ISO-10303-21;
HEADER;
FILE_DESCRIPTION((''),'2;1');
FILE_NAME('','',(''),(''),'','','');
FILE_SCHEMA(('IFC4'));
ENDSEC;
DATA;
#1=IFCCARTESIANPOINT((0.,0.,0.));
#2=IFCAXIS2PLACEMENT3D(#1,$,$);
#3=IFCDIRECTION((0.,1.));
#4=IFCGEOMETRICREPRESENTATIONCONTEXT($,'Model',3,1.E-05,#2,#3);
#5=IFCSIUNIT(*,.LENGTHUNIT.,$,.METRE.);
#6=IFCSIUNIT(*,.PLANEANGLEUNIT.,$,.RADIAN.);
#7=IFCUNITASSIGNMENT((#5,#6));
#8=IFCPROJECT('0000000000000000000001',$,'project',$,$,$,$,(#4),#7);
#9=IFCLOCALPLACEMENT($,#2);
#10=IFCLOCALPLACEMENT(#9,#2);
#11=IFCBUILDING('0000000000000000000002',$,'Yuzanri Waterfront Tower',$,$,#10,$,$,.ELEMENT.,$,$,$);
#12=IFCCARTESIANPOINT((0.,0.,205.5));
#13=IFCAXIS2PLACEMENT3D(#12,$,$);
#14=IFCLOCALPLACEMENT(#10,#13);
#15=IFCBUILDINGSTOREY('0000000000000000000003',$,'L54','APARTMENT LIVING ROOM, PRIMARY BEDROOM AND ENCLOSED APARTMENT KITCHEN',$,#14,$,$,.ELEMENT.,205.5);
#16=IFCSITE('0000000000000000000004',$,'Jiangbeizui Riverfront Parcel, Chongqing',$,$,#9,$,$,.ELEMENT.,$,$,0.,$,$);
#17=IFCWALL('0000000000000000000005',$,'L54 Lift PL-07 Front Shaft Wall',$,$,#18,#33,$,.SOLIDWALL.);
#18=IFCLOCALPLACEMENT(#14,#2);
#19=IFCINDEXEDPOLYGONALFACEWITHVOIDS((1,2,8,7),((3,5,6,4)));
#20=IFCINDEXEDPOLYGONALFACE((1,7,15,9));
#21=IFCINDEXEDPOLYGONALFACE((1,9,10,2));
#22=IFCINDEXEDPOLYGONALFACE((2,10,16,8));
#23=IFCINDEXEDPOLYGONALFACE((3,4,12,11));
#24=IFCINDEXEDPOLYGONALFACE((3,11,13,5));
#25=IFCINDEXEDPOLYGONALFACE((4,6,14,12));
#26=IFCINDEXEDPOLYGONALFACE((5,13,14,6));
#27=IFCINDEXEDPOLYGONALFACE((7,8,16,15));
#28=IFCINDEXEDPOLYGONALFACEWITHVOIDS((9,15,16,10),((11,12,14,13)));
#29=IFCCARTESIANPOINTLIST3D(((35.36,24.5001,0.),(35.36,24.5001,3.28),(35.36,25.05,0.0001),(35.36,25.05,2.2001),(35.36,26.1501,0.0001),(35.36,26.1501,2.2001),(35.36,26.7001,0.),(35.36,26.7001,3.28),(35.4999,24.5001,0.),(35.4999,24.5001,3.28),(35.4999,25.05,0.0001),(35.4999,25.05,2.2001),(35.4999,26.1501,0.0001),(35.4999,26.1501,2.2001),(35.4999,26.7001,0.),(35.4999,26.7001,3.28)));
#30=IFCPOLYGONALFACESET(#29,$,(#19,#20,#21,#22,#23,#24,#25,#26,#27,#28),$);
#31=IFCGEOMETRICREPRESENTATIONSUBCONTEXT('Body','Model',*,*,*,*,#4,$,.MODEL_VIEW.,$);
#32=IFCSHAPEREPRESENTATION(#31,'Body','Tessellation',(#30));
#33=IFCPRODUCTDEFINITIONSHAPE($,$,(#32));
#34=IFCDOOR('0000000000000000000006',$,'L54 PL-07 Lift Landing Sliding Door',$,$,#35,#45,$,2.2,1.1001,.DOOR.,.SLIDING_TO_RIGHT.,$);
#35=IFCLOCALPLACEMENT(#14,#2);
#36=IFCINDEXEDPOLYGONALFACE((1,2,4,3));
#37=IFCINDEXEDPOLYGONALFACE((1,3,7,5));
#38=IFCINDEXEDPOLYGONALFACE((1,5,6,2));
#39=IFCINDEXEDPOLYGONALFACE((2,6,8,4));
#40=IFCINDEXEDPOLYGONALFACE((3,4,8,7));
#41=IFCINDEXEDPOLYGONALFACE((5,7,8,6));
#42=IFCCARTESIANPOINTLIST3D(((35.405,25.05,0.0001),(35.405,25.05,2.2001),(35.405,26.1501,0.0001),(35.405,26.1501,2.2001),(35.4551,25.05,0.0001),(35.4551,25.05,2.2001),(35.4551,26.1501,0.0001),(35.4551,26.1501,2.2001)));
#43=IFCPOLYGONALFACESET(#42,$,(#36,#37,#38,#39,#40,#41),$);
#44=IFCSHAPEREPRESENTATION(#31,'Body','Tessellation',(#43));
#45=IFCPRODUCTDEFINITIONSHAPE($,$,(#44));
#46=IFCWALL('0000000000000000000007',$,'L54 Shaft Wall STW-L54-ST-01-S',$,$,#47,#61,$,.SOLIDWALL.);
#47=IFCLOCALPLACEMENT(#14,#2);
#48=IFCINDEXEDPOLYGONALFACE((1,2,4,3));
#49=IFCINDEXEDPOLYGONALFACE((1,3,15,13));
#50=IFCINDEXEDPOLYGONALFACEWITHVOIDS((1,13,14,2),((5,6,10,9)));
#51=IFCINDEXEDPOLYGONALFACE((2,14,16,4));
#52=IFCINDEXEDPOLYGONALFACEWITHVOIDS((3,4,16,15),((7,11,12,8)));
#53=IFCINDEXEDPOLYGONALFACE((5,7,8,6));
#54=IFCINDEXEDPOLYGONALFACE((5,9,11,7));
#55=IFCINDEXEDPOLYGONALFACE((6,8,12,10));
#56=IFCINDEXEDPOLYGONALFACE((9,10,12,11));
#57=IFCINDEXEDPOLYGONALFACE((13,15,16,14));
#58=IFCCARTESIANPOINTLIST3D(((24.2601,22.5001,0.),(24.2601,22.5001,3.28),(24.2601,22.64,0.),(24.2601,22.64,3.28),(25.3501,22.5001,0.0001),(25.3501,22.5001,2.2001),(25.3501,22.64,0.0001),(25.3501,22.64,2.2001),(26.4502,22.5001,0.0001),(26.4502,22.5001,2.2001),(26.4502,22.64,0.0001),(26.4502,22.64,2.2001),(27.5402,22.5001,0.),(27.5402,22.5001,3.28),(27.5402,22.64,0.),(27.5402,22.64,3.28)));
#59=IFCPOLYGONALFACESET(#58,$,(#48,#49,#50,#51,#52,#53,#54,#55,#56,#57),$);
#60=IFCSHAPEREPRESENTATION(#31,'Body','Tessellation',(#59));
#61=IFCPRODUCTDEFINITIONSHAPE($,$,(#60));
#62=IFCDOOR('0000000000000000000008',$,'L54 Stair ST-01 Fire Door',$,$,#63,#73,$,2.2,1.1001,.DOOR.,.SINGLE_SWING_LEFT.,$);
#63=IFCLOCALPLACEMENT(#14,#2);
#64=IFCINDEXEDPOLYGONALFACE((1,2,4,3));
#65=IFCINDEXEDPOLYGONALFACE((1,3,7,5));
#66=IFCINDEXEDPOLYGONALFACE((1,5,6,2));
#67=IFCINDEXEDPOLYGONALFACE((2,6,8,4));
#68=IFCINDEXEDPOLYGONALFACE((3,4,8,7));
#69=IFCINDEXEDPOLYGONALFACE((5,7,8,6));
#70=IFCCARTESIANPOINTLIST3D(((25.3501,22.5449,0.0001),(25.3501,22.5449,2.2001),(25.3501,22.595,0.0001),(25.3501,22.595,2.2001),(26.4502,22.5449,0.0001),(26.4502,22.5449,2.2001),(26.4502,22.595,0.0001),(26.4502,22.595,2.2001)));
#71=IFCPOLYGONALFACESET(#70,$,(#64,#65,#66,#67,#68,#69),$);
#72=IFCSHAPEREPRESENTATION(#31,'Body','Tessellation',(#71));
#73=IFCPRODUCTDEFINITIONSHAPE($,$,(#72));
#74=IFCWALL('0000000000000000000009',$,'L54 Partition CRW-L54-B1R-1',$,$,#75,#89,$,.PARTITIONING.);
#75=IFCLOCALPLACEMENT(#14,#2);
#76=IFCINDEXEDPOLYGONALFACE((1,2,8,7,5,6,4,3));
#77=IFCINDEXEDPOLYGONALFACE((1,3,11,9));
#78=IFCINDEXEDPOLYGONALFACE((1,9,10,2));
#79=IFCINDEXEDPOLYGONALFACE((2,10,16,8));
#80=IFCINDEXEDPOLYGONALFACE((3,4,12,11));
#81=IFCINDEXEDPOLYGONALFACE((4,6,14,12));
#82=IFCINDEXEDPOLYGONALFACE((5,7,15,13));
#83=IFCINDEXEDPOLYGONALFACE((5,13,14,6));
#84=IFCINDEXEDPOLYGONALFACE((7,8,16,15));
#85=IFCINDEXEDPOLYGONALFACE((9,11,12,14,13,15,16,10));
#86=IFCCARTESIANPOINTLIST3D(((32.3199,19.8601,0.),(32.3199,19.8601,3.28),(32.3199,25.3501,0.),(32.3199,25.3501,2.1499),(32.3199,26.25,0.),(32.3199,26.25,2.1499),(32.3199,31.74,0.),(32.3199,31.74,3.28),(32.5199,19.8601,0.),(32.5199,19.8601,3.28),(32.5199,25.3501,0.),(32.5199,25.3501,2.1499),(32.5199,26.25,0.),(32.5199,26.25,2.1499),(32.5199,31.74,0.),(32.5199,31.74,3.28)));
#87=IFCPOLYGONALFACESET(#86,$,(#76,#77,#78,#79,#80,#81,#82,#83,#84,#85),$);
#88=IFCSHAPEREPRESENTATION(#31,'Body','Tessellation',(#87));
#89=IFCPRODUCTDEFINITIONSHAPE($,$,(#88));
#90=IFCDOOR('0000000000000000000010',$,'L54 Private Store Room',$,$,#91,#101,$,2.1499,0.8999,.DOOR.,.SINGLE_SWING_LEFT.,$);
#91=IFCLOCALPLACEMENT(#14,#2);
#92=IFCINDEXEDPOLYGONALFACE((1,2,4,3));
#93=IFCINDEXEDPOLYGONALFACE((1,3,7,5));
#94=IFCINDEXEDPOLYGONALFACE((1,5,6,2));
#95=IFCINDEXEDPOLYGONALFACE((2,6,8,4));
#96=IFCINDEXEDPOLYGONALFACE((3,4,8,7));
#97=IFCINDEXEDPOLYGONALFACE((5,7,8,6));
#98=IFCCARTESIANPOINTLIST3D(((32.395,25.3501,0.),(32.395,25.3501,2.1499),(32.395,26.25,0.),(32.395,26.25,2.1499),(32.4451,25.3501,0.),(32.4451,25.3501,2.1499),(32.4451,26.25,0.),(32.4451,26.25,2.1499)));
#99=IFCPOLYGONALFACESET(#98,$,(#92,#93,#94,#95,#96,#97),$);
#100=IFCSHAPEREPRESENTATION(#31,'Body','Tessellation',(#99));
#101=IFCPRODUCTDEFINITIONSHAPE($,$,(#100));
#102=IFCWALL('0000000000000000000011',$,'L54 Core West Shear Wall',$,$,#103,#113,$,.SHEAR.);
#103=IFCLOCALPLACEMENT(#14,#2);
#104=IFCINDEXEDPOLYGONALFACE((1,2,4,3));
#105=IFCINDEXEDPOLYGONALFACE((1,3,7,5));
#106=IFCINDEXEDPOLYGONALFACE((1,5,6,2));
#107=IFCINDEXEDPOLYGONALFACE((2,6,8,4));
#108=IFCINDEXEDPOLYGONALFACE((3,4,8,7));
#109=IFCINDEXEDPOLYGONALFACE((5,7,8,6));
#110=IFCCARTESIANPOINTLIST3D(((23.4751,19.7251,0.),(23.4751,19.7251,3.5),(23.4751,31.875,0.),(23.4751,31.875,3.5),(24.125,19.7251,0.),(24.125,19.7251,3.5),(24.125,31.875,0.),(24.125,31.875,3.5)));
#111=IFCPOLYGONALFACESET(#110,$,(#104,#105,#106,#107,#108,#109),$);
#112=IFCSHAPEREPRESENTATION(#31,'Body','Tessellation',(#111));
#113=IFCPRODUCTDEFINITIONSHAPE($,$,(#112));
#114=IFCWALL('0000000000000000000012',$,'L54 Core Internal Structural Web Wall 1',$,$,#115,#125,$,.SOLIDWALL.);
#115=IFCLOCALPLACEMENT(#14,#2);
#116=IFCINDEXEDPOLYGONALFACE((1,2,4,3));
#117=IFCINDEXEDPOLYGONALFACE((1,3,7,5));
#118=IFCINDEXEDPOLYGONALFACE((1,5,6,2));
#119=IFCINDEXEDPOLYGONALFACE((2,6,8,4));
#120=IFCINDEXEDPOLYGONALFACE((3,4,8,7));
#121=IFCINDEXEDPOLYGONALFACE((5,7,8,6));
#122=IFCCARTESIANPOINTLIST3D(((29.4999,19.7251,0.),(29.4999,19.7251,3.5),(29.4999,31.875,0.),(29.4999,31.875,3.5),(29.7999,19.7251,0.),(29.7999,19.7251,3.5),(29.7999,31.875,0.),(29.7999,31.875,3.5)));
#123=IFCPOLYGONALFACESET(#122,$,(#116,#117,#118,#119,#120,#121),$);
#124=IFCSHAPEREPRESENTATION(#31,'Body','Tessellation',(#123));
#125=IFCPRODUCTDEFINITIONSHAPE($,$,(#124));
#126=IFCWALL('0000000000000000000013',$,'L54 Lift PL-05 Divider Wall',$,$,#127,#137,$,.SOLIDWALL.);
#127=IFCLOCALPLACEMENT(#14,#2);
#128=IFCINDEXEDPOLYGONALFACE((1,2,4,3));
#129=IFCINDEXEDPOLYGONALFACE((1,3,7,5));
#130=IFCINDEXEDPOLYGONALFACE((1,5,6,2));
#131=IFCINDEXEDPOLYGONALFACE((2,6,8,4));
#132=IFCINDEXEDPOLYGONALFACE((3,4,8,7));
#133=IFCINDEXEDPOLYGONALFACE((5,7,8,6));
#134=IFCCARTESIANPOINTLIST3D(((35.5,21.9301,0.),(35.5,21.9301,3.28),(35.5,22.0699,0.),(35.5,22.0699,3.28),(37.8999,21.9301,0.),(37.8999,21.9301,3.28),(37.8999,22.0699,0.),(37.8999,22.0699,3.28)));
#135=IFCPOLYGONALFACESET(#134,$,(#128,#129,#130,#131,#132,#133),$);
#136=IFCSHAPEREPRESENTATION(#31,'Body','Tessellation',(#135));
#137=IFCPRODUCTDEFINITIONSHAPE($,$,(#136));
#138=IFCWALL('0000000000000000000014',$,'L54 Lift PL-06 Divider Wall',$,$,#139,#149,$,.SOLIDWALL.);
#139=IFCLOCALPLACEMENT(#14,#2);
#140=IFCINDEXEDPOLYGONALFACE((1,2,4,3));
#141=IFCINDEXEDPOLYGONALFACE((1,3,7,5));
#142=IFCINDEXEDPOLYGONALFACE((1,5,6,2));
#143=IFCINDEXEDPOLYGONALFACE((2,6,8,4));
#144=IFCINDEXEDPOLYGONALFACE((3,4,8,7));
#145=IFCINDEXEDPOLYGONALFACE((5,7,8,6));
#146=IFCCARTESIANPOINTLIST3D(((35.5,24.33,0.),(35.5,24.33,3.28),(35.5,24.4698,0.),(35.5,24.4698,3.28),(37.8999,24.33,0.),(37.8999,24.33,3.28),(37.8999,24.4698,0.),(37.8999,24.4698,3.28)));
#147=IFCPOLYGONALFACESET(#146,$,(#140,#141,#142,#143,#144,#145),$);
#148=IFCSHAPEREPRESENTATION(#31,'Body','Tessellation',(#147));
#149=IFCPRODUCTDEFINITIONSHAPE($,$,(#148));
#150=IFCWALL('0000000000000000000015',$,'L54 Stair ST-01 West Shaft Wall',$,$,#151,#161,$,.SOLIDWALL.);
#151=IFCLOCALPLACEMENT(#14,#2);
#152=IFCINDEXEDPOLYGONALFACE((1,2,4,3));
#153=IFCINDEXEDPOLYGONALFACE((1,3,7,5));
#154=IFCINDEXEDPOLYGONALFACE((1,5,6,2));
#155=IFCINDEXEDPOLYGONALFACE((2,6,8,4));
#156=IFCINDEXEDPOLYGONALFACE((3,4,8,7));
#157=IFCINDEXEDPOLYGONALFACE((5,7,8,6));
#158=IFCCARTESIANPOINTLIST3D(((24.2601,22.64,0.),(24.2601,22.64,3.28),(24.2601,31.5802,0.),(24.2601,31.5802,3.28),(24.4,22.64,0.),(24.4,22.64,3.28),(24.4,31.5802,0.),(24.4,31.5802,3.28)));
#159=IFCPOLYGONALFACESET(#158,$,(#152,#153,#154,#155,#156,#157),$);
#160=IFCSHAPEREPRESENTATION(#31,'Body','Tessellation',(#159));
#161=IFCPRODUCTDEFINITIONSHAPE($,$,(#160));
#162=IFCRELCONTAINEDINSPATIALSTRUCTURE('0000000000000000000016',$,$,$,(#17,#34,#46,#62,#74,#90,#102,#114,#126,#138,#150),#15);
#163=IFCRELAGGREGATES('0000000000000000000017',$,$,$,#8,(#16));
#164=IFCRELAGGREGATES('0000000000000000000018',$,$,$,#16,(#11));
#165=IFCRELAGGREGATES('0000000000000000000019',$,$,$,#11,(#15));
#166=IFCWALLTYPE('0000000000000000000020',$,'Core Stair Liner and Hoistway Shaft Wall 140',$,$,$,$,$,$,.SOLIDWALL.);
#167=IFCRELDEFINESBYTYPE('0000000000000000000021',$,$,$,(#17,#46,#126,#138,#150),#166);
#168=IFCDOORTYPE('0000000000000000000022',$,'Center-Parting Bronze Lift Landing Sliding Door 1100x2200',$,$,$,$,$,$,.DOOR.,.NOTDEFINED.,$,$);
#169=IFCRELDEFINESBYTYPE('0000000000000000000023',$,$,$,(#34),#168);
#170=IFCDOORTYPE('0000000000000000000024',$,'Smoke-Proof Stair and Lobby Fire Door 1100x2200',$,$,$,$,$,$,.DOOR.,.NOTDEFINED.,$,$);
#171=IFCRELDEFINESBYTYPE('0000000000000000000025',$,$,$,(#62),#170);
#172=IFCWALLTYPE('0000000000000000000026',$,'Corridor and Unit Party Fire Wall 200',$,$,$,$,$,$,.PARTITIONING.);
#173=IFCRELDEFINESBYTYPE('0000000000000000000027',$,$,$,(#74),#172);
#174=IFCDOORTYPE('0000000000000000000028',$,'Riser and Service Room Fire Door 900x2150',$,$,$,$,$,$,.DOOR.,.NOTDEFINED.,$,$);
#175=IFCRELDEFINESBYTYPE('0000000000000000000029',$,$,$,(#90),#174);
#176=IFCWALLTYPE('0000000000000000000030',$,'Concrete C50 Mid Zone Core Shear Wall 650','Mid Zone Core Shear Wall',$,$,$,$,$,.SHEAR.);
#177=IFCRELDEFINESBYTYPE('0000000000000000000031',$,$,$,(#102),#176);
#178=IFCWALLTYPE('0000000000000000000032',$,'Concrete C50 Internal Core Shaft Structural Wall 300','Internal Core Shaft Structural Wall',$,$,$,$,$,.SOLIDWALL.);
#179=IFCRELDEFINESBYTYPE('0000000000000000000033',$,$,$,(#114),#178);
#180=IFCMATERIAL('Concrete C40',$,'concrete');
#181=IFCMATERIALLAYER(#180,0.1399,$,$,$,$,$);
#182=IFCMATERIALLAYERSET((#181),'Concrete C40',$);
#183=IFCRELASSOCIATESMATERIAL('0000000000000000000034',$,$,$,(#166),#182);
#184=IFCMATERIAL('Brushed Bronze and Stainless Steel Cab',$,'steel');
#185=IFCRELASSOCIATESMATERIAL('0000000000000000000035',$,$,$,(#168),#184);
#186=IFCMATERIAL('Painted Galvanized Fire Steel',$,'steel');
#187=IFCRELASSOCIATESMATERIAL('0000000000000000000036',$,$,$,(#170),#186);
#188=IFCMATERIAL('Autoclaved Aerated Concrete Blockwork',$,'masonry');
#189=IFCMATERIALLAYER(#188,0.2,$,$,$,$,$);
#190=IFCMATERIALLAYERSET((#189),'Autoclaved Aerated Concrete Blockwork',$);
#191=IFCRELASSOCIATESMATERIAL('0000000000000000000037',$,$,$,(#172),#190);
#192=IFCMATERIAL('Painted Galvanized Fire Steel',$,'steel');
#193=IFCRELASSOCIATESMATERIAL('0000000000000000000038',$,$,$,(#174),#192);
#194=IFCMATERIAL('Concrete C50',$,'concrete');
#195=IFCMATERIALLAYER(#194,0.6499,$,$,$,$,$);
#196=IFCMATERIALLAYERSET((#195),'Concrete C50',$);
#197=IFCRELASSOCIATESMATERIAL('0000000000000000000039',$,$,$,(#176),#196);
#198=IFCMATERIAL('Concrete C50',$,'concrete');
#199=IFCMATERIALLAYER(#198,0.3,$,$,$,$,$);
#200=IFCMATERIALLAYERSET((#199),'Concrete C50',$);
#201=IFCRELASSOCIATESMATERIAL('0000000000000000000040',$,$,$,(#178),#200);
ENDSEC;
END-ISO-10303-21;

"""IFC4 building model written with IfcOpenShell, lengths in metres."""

from ifc_helpers import new_model, si_unit, direction, frame, frame_2d, origin, place, context, subcontext, project, spatial, rectangle, extrude, source, transform, mapped, material, layer, layer_set, type_object, element, fill, save


model = new_model("IFC4")

# Units and contexts
model_context = context("Model", 3, precision=1e-05, world=origin(), true_north=direction((0.0, 1.0)))
body_context = subcontext(model_context, "Body", "Model", "MODEL_VIEW")
ifc_project = project(units=[si_unit("LENGTHUNIT", "METRE"), si_unit("PLANEANGLEUNIT", "RADIAN")], contexts=[model_context])

# Site, building, storey
site_placement = place(None, origin())
site = spatial("IfcSite", under=ifc_project, at=site_placement, Name="Jiangbeizui Riverfront Parcel, Chongqing", CompositionType="ELEMENT", RefElevation=0.0)
building_placement = place(site_placement, origin())
building = spatial("IfcBuilding", under=site, at=building_placement, Name="Yuzanri Waterfront Tower", CompositionType="ELEMENT")
storey_placement = place(building_placement, frame((0.0, 0.0, 205.5)))
storey = spatial("IfcBuildingStorey", under=building, at=storey_placement, Name="L54", Description="APARTMENT LIVING ROOM, PRIMARY BEDROOM AND ENCLOSED APARTMENT KITCHEN", CompositionType="ELEMENT", Elevation=205.5)

# Walls, openings, doors
ifc_material_1 = material(Name="Concrete C40", Category="concrete")
ifc_layer_1 = layer(ifc_material_1, 0.1399)
ifc_layer_set_1 = layer_set([ifc_layer_1], Name="Concrete C40")
wall_type_1 = type_object("IfcWallType", Name="Core Stair Liner and Hoistway Shaft Wall 140", PredefinedType="SOLIDWALL", material=ifc_layer_set_1)
ifc_material_2 = material(Name="Brushed Bronze and Stainless Steel Cab", Category="steel")
door_type_1 = type_object("IfcDoorType", Name="Center-Parting Bronze Lift Landing Sliding Door 1100x2200", OperationType="NOTDEFINED", PredefinedType="DOOR", material=ifc_material_2)
shared_shape_1 = source(origin(), body_context, "Body", "SweptSolid", [
    extrude(rectangle(XDim=1.1001, YDim=2.2, at=frame_2d((0.55, 1.1001))), frame((0.0, 0.0249, 0.0), z_axis=(0.0, -1.0, 0.0), x_axis=(1.0, 0.0, 0.0)), (0.0, 0.0, 1.0), 0.05),
])
wall_1_placement = place(storey_placement, frame((35.4299, 24.5, 0.0), z_axis=(0.0, 0.0, 1.0), x_axis=(0.0, 1.0, 0.0)))
wall_1 = element("IfcWall", 1, at=wall_1_placement, inside=storey, type_object=wall_type_1, Name="L54 Lift PL-07 Front Shaft Wall", PredefinedType="SOLIDWALL", context=body_context, shape_type="SweptSolid", body=[
    extrude(rectangle(XDim=2.2, YDim=0.1399, at=frame_2d((1.1001, 0.0))), origin(), (0.0, 0.0, 1.0), 3.28),
])
opening_1_placement = place(wall_1_placement, frame((0.55, 0.0, 0.0)))
opening_1 = element("IfcOpeningElement", 2, at=opening_1_placement, cuts=wall_1, PredefinedType="OPENING", context=body_context, shape_type="SweptSolid", body=[
    extrude(rectangle(XDim=1.1001, YDim=2.2, at=frame_2d((0.55, 1.1001))), frame((0.0, 0.085, 0.0), z_axis=(0.0, -1.0, 0.0), x_axis=(1.0, 0.0, 0.0)), (0.0, 0.0, 1.0), 0.1697),
])
door_1_placement = place(opening_1_placement, origin())
door_1 = element("IfcDoor", 3, at=door_1_placement, inside=storey, type_object=door_type_1, Name="L54 PL-07 Lift Landing Sliding Door", OperationType="SLIDING_TO_RIGHT", OverallHeight=2.2, OverallWidth=1.1001, PredefinedType="DOOR", context=body_context, shape_type="MappedRepresentation", body=[
    mapped(shared_shape_1, transform((0.0, 0.0, 0.0), scale=1.0)),
])
fill(opening_1, door_1)
wall_2_placement = place(storey_placement, frame((24.26, 22.5701, 0.0), z_axis=(0.0, 0.0, 1.0), x_axis=(1.0, 0.0, 0.0)))
wall_2 = element("IfcWall", 4, at=wall_2_placement, inside=storey, type_object=wall_type_1, Name="L54 Shaft Wall STW-L54-ST-01-S", PredefinedType="SOLIDWALL", context=body_context, shape_type="SweptSolid", body=[
    extrude(rectangle(XDim=3.28, YDim=0.1399, at=frame_2d((1.6401, 0.0))), origin(), (0.0, 0.0, 1.0), 3.28),
])
opening_2_placement = place(wall_2_placement, frame((1.0901, 0.0, 0.0)))
opening_2 = element("IfcOpeningElement", 5, at=opening_2_placement, cuts=wall_2, PredefinedType="OPENING", context=body_context, shape_type="SweptSolid", body=[
    extrude(rectangle(XDim=1.1001, YDim=2.2, at=frame_2d((0.55, 1.1001))), frame((0.0, 0.085, 0.0), z_axis=(0.0, -1.0, 0.0), x_axis=(1.0, 0.0, 0.0)), (0.0, 0.0, 1.0), 0.1697),
])
ifc_material_3 = material(Name="Painted Galvanized Fire Steel", Category="steel")
door_type_2 = type_object("IfcDoorType", Name="Smoke-Proof Stair and Lobby Fire Door 1100x2200", OperationType="NOTDEFINED", PredefinedType="DOOR", material=ifc_material_3)
shared_shape_2 = source(origin(), body_context, "Body", "SweptSolid", [
    extrude(rectangle(XDim=1.1001, YDim=2.2, at=frame_2d((0.55, 1.1001))), frame((0.0, 0.0249, 0.0), z_axis=(0.0, -1.0, 0.0), x_axis=(1.0, 0.0, 0.0)), (0.0, 0.0, 1.0), 0.05),
])
door_2_placement = place(opening_2_placement, origin())
door_2 = element("IfcDoor", 6, at=door_2_placement, inside=storey, type_object=door_type_2, Name="L54 Stair ST-01 Fire Door", OperationType="SINGLE_SWING_LEFT", OverallHeight=2.2, OverallWidth=1.1001, PredefinedType="DOOR", context=body_context, shape_type="MappedRepresentation", body=[
    mapped(shared_shape_2, transform((0.0, 0.0, 0.0), scale=1.0)),
])
fill(opening_2, door_2)
ifc_material_4 = material(Name="Autoclaved Aerated Concrete Blockwork", Category="masonry")
ifc_layer_2 = layer(ifc_material_4, 0.2)
ifc_layer_set_2 = layer_set([ifc_layer_2], Name="Autoclaved Aerated Concrete Blockwork")
wall_type_2 = type_object("IfcWallType", Name="Corridor and Unit Party Fire Wall 200", PredefinedType="PARTITIONING", material=ifc_layer_set_2)
wall_3_placement = place(storey_placement, frame((32.4199, 19.8601, 0.0), z_axis=(0.0, 0.0, 1.0), x_axis=(0.0, 1.0, 0.0)))
wall_3 = element("IfcWall", 7, at=wall_3_placement, inside=storey, type_object=wall_type_2, Name="L54 Partition CRW-L54-B1R-1", PredefinedType="PARTITIONING", context=body_context, shape_type="SweptSolid", body=[
    extrude(rectangle(XDim=11.8799, YDim=0.2, at=frame_2d((5.9399, 0.0))), origin(), (0.0, 0.0, 1.0), 3.28),
])
opening_3_placement = place(wall_3_placement, frame((5.49, 0.0, 0.0)))
opening_3 = element("IfcOpeningElement", 8, at=opening_3_placement, cuts=wall_3, PredefinedType="OPENING", context=body_context, shape_type="SweptSolid", body=[
    extrude(rectangle(XDim=0.8999, YDim=2.1499, at=frame_2d((0.45, 1.075))), frame((0.0, 0.1147, 0.0), z_axis=(0.0, -1.0, 0.0), x_axis=(1.0, 0.0, 0.0)), (0.0, 0.0, 1.0), 0.2297),
])
ifc_material_5 = material(Name="Painted Galvanized Fire Steel", Category="steel")
door_type_3 = type_object("IfcDoorType", Name="Riser and Service Room Fire Door 900x2150", OperationType="NOTDEFINED", PredefinedType="DOOR", material=ifc_material_5)
shared_shape_3 = source(origin(), body_context, "Body", "SweptSolid", [
    extrude(rectangle(XDim=0.8999, YDim=2.1499, at=frame_2d((0.45, 1.075))), frame((0.0, 0.0249, 0.0), z_axis=(0.0, -1.0, 0.0), x_axis=(1.0, 0.0, 0.0)), (0.0, 0.0, 1.0), 0.05),
])
door_3_placement = place(opening_3_placement, origin())
door_3 = element("IfcDoor", 9, at=door_3_placement, inside=storey, type_object=door_type_3, Name="L54 Private Store Room", OperationType="SINGLE_SWING_LEFT", OverallHeight=2.1499, OverallWidth=0.8999, PredefinedType="DOOR", context=body_context, shape_type="MappedRepresentation", body=[
    mapped(shared_shape_3, transform((0.0, 0.0, 0.0), scale=1.0)),
])
fill(opening_3, door_3)

# Walls
ifc_material_6 = material(Name="Concrete C50", Category="concrete")
ifc_layer_3 = layer(ifc_material_6, 0.6499)
ifc_layer_set_3 = layer_set([ifc_layer_3], Name="Concrete C50")
wall_type_3 = type_object("IfcWallType", Name="Concrete C50 Mid Zone Core Shear Wall 650", Description="Mid Zone Core Shear Wall", PredefinedType="SHEAR", material=ifc_layer_set_3)
shared_shape_4 = source(origin(), body_context, "Body", "SweptSolid", [
    extrude(rectangle(XDim=12.1499, YDim=0.6499, at=frame_2d((6.075, 0.0))), origin(), (0.0, 0.0, 1.0), 3.5),
])
wall_4_placement = place(storey_placement, frame((23.8, 19.7251, 0.0), z_axis=(0.0, 0.0, 1.0), x_axis=(0.0, 1.0, 0.0)))
element("IfcWall", 10, at=wall_4_placement, inside=storey, type_object=wall_type_3, Name="L54 Core West Shear Wall", PredefinedType="SHEAR", context=body_context, shape_type="MappedRepresentation", body=[
    mapped(shared_shape_4, transform((0.0, 0.0, 0.0), scale=1.0)),
])
ifc_material_7 = material(Name="Concrete C50", Category="concrete")
ifc_layer_4 = layer(ifc_material_7, 0.3)
ifc_layer_set_4 = layer_set([ifc_layer_4], Name="Concrete C50")
wall_type_4 = type_object("IfcWallType", Name="Concrete C50 Internal Core Shaft Structural Wall 300", Description="Internal Core Shaft Structural Wall", PredefinedType="SOLIDWALL", material=ifc_layer_set_4)
shared_shape_5 = source(origin(), body_context, "Body", "SweptSolid", [
    extrude(rectangle(XDim=12.1499, YDim=0.3, at=frame_2d((6.075, 0.0))), origin(), (0.0, 0.0, 1.0), 3.5),
])
wall_5_placement = place(storey_placement, frame((29.6499, 19.7251, 0.0), z_axis=(0.0, 0.0, 1.0), x_axis=(0.0, 1.0, 0.0)))
element("IfcWall", 11, at=wall_5_placement, inside=storey, type_object=wall_type_4, Name="L54 Core Internal Structural Web Wall 1", PredefinedType="SOLIDWALL", context=body_context, shape_type="MappedRepresentation", body=[
    mapped(shared_shape_5, transform((0.0, 0.0, 0.0), scale=1.0)),
])
shared_shape_6 = source(origin(), body_context, "Body", "SweptSolid", [
    extrude(rectangle(XDim=2.3999, YDim=0.1399, at=frame_2d((1.2, 0.0))), origin(), (0.0, 0.0, 1.0), 3.28),
])
for number, where, z_axis, x_axis, name in (
    (12, (35.5, 22.0, 0.0), (0.0, 0.0, 1.0), (1.0, 0.0, 0.0), "L54 Lift PL-05 Divider Wall"),
    (13, (35.5, 24.3999, 0.0), (0.0, 0.0, 1.0), (1.0, 0.0, 0.0), "L54 Lift PL-06 Divider Wall"),
):
    element("IfcWall", number, at=place(storey_placement, frame(where, z_axis=z_axis, x_axis=x_axis)), inside=storey, type_object=wall_type_1, Name=name, PredefinedType="SOLIDWALL", context=body_context, shape_type="MappedRepresentation", body=[
        mapped(shared_shape_6, transform((0.0, 0.0, 0.0), scale=1.0)),
    ])
shared_shape_7 = source(origin(), body_context, "Body", "SweptSolid", [
    extrude(rectangle(XDim=8.9402, YDim=0.1399, at=frame_2d((4.4702, 0.0))), origin(), (0.0, 0.0, 1.0), 3.28),
])
for number, where, z_axis, x_axis, name in (
    (14, (24.3301, 22.6399, 0.0), (0.0, 0.0, 1.0), (0.0, 1.0, 0.0), "L54 Stair ST-01 West Shaft Wall"),
):
    element("IfcWall", number, at=place(storey_placement, frame(where, z_axis=z_axis, x_axis=x_axis)), inside=storey, type_object=wall_type_1, Name=name, PredefinedType="SOLIDWALL", context=body_context, shape_type="MappedRepresentation", body=[
        mapped(shared_shape_7, transform((0.0, 0.0, 0.0), scale=1.0)),
    ])

save(model, "model.ifc")
